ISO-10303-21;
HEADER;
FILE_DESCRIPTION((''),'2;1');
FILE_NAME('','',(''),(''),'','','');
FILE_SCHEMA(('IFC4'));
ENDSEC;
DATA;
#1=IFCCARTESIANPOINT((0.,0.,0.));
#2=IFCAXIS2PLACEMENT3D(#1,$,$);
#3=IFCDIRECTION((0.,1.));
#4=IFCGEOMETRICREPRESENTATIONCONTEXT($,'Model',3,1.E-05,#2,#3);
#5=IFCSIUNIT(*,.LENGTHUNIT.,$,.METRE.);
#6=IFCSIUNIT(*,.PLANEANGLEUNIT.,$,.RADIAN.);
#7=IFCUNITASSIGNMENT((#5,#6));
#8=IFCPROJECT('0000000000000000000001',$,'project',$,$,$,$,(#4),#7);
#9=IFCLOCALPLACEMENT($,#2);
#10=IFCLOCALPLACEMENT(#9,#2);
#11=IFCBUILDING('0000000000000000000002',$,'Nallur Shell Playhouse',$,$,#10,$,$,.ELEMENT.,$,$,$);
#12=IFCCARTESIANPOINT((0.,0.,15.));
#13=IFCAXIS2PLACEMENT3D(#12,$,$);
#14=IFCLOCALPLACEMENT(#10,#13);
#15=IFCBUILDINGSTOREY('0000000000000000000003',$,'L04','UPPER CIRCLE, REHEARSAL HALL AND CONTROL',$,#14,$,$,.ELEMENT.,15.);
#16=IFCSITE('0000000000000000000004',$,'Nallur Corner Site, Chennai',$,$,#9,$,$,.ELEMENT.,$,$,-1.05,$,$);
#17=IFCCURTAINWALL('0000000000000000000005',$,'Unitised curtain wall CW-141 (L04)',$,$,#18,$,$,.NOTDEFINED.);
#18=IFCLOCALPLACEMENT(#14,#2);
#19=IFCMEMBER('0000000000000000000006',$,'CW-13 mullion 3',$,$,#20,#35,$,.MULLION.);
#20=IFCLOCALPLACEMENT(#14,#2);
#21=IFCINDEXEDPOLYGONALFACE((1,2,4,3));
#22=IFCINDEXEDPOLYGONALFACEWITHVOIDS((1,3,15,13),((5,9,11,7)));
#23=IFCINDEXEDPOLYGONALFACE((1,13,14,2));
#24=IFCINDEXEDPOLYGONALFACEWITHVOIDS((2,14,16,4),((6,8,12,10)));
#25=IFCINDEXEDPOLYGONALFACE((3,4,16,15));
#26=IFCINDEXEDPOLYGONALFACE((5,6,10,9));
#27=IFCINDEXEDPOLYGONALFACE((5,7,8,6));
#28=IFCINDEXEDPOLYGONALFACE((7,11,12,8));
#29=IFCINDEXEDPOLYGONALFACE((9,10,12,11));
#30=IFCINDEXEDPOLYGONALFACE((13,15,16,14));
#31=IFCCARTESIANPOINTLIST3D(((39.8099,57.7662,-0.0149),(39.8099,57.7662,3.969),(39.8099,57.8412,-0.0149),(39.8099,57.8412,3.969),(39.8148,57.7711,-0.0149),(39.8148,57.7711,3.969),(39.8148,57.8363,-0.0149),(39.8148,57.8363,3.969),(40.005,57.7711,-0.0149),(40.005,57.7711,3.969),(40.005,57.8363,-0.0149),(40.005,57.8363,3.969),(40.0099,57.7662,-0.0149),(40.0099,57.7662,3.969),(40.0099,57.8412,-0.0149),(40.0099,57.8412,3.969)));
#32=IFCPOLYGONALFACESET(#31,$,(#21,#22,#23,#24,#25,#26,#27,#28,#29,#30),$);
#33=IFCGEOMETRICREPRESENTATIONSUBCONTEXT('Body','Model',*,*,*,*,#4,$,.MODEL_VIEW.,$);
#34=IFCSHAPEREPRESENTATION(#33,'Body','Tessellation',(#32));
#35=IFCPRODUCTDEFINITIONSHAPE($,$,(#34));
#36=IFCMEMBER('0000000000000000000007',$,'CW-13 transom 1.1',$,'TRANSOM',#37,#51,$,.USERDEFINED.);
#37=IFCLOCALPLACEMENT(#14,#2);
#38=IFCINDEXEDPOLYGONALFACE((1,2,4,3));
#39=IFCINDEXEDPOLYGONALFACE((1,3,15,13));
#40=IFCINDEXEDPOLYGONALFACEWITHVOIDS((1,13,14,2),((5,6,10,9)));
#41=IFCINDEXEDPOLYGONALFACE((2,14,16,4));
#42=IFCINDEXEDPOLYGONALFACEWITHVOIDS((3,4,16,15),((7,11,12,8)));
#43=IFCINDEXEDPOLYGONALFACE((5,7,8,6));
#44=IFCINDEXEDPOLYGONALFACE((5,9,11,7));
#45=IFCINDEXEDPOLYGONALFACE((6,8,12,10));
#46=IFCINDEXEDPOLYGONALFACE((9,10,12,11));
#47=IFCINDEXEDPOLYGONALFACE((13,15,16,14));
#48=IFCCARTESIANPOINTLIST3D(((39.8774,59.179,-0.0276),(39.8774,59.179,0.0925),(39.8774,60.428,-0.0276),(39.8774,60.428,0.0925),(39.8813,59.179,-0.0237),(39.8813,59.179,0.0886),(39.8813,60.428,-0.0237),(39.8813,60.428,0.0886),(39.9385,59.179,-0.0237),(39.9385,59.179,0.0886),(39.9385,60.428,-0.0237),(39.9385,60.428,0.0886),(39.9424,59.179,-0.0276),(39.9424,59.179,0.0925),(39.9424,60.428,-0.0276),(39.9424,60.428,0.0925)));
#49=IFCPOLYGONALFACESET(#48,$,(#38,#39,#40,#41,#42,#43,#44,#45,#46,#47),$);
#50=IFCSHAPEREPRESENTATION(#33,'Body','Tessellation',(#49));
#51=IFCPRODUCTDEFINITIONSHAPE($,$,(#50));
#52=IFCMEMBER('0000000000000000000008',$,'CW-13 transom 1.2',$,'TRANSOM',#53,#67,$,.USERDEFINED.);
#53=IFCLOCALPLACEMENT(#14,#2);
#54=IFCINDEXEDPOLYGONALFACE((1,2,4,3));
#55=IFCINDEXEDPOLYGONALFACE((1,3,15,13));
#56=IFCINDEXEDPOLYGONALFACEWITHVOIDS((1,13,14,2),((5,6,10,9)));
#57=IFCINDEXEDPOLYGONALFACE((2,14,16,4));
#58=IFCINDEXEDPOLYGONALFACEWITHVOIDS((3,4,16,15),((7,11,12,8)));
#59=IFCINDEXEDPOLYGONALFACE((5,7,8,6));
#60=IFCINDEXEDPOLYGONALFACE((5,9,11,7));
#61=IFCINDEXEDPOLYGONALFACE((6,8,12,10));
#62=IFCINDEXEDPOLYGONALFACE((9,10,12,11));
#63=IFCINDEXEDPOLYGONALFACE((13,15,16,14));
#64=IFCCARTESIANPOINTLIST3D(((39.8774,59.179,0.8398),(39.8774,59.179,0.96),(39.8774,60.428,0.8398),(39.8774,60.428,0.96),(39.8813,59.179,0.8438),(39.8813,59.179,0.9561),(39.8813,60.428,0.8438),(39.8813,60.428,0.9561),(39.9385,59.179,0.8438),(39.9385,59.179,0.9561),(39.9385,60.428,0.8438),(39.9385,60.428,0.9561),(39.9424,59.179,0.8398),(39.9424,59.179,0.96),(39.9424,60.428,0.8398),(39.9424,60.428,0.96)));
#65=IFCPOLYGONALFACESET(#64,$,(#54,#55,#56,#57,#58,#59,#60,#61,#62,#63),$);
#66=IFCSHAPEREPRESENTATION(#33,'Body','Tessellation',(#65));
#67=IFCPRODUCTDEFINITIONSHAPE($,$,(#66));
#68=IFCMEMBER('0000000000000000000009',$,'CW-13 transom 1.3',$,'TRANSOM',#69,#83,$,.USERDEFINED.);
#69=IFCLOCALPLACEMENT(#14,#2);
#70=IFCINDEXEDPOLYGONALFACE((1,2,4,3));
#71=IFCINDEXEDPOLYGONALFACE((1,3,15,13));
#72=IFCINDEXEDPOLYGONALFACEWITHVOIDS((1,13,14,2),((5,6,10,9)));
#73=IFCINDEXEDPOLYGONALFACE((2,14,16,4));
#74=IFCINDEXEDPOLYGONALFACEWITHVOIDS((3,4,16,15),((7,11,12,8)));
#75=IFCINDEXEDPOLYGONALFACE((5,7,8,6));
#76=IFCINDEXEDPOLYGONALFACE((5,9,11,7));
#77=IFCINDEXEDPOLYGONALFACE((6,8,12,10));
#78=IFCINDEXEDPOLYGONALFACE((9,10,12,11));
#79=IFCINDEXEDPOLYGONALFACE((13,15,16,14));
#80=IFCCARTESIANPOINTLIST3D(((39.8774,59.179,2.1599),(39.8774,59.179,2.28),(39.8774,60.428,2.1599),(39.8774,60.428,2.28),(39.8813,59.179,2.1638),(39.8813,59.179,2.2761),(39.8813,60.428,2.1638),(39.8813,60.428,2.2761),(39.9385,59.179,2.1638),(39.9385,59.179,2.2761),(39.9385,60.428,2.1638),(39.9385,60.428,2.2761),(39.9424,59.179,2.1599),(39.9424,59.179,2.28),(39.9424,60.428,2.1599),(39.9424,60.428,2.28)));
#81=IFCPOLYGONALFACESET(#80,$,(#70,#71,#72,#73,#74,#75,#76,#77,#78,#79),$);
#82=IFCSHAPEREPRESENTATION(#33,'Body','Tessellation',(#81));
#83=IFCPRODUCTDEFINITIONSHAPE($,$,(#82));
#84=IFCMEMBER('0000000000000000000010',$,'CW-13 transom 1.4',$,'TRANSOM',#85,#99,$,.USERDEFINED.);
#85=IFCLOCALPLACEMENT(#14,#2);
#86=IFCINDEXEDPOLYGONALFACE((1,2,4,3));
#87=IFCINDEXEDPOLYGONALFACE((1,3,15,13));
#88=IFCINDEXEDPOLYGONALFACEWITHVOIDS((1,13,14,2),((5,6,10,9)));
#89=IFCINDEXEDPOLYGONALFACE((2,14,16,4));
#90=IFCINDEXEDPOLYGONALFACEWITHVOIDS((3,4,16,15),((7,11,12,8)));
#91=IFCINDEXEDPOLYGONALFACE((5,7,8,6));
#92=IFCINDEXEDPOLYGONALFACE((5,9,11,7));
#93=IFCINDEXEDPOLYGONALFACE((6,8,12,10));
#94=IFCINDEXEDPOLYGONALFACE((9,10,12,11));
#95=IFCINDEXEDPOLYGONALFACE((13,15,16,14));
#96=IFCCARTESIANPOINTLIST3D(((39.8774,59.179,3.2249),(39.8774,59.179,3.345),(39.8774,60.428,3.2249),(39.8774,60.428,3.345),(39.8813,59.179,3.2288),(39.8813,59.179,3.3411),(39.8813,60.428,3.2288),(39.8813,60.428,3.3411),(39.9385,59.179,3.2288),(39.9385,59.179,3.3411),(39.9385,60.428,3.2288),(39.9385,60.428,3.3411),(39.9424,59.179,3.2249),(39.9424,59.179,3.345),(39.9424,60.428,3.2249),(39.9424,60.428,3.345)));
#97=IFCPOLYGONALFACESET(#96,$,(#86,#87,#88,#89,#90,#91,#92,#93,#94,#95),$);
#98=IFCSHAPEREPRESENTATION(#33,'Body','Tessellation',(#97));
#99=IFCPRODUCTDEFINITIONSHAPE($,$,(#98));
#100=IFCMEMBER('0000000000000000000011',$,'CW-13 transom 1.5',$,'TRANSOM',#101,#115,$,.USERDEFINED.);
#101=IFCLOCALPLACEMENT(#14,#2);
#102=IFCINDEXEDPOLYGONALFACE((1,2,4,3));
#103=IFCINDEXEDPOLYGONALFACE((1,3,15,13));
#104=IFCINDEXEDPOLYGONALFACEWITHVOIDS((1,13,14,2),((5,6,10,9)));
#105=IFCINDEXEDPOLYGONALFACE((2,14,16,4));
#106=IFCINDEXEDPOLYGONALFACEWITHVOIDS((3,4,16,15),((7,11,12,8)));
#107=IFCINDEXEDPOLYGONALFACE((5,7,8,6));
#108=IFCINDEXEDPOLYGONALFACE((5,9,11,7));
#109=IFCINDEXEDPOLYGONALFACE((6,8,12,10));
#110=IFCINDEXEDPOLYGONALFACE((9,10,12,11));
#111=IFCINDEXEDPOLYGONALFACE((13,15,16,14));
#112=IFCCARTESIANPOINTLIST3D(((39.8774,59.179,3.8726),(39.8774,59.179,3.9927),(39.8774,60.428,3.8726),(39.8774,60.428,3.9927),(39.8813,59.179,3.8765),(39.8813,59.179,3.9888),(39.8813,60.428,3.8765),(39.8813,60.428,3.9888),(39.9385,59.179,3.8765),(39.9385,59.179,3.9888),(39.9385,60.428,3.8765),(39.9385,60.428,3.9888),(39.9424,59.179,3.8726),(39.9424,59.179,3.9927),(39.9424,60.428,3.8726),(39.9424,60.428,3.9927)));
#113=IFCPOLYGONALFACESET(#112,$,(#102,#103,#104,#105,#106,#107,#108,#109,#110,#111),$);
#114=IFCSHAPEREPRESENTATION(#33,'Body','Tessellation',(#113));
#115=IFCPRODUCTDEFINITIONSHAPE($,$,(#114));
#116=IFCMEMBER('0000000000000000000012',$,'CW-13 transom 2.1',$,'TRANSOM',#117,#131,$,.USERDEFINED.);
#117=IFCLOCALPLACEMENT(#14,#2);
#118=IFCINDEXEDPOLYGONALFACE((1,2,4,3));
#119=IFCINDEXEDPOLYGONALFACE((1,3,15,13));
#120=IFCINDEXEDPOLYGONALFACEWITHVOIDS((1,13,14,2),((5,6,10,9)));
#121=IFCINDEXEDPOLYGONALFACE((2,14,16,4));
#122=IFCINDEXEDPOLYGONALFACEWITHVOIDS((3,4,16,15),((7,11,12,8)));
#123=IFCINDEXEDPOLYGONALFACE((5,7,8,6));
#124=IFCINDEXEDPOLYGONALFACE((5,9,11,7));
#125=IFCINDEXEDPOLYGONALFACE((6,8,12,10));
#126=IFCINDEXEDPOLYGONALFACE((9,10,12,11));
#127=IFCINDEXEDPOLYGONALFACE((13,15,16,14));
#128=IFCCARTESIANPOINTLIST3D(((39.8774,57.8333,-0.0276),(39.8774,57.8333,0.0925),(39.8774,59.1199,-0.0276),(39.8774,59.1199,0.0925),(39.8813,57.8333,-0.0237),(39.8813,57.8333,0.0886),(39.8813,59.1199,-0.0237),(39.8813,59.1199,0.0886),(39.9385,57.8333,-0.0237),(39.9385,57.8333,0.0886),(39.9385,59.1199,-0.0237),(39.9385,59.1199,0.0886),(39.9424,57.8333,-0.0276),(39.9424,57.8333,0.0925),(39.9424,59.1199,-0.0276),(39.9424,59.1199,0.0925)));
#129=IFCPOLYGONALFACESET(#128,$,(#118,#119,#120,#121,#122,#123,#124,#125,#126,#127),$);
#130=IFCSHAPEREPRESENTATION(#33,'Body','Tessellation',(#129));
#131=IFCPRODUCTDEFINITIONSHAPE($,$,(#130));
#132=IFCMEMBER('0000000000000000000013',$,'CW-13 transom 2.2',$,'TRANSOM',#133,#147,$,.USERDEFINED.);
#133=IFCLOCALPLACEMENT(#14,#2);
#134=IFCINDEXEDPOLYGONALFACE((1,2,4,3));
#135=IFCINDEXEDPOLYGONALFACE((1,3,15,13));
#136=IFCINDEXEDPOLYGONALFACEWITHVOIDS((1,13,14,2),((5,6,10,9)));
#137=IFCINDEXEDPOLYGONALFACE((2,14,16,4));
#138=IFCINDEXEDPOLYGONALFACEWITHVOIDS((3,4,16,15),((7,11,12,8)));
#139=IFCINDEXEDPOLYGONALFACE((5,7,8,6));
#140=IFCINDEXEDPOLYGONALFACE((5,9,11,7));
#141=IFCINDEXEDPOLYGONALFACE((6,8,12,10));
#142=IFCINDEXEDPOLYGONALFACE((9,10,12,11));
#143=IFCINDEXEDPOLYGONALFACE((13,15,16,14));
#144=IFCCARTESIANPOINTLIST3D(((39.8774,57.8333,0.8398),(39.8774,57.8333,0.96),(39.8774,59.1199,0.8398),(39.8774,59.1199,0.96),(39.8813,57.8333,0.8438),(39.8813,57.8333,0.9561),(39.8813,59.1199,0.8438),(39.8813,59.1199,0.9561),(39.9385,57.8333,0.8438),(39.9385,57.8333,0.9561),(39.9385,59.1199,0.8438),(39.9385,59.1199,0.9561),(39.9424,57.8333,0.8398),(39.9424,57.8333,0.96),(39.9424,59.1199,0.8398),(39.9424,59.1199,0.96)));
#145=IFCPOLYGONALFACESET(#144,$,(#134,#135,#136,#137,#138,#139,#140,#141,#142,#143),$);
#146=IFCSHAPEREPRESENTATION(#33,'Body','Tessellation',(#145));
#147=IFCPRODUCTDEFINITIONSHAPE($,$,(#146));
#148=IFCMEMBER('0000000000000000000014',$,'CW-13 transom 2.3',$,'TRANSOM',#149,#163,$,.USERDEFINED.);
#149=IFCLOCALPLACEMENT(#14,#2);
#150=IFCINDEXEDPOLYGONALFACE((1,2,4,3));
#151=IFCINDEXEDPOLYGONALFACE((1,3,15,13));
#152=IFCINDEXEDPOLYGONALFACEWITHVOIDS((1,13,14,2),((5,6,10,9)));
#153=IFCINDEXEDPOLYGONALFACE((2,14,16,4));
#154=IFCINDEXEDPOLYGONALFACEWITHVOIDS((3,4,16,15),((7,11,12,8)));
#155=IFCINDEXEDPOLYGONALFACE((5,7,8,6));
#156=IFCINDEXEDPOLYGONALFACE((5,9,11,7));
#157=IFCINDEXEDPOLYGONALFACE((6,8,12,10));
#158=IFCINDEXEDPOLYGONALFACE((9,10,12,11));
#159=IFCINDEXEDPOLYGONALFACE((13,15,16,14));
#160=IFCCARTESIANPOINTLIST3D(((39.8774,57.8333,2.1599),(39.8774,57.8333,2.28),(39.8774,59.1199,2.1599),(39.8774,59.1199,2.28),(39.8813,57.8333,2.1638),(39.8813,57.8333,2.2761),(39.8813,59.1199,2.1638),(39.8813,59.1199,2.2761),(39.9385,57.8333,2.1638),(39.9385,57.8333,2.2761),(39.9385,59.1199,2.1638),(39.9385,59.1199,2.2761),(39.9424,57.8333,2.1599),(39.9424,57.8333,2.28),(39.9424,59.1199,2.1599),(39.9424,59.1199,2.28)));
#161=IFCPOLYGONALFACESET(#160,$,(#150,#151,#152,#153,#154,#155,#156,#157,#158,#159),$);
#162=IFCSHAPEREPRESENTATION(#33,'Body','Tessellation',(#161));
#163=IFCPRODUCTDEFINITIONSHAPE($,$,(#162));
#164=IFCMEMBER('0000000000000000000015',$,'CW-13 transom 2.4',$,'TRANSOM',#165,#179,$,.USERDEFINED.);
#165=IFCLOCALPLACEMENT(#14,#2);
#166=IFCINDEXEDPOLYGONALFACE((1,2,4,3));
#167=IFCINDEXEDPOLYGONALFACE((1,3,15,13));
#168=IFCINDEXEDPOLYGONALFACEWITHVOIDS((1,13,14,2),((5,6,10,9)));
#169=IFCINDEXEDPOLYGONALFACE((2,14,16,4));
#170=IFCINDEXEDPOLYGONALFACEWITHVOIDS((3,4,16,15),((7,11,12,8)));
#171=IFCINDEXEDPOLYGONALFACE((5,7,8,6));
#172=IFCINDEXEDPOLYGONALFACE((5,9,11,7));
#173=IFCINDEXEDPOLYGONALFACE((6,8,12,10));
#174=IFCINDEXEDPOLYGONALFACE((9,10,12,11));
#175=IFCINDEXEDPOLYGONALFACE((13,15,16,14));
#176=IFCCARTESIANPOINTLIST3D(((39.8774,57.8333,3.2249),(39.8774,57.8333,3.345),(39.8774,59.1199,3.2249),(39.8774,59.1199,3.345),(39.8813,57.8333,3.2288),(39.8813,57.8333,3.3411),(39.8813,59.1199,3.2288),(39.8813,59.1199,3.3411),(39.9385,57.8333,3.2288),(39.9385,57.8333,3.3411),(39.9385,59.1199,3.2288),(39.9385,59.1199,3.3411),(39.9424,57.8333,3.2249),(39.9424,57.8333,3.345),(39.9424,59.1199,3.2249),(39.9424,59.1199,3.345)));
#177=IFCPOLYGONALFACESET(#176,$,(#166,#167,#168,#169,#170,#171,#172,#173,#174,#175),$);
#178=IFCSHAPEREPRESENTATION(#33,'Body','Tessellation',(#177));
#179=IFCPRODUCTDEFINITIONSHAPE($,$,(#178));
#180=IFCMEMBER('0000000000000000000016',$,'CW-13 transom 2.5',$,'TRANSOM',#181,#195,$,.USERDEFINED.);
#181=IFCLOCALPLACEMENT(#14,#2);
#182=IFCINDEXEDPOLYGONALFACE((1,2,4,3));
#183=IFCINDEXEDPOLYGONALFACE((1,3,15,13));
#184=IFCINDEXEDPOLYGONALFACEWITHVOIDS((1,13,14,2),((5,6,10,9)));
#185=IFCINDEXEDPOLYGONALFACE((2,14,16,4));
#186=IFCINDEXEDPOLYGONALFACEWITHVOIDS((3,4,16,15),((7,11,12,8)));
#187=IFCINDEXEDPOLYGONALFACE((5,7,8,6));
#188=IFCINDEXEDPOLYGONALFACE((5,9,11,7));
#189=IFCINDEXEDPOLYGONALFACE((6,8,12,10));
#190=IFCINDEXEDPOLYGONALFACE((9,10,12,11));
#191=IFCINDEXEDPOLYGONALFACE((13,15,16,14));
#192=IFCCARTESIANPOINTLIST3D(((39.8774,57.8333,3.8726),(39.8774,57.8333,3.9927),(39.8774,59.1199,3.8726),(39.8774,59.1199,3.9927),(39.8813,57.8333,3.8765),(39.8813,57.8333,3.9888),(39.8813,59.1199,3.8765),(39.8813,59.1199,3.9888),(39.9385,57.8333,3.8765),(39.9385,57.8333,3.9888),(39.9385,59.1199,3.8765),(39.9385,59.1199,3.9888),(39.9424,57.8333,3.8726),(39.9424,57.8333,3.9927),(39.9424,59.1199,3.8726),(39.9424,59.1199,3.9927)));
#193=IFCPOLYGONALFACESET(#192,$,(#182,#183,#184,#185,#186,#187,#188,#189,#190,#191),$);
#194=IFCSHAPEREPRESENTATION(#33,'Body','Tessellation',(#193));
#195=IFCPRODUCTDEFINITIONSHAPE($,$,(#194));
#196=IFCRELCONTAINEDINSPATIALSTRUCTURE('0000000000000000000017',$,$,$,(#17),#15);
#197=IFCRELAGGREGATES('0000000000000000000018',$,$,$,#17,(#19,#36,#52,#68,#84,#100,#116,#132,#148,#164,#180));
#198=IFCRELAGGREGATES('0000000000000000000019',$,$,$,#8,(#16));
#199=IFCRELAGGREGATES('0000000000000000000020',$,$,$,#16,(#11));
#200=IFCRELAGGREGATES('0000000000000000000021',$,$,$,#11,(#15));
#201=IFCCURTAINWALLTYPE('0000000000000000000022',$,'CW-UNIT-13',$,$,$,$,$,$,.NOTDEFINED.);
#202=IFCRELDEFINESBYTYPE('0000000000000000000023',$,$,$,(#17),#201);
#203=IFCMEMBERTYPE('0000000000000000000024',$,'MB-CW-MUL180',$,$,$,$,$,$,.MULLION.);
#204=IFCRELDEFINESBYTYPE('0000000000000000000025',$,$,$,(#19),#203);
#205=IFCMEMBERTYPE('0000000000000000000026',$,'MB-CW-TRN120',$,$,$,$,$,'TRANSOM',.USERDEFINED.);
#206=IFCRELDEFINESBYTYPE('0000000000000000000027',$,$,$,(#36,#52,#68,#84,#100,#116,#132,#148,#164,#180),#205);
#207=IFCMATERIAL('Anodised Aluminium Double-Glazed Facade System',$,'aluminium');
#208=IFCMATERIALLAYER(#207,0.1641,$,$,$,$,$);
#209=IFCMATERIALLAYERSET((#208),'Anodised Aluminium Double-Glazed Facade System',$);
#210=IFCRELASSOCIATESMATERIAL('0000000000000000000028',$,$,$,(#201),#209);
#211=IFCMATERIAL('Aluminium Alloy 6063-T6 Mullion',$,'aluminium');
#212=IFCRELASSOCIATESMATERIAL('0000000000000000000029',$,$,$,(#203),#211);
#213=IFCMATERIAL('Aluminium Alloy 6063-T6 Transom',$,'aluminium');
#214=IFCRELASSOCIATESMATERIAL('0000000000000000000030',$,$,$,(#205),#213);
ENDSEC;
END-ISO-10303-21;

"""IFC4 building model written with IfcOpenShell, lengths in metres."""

from ifc_helpers import new_model, si_unit, direction, frame, origin, origin_2d, place, context, subcontext, project, spatial, hollow_rectangle, extrude, material, layer, layer_set, material_profile, profile_set, type_object, element, aggregate, save


model = new_model("IFC4")

# Units and contexts
model_context = context("Model", 3, precision=1e-05, world=origin(), true_north=direction((0.0, 1.0)))
body_context = subcontext(model_context, "Body", "Model", "MODEL_VIEW")
ifc_project = project(units=[si_unit("LENGTHUNIT", "METRE"), si_unit("PLANEANGLEUNIT", "RADIAN")], contexts=[model_context])

# Site, building, storey
site_placement = place(None, origin())
site = spatial("IfcSite", under=ifc_project, at=site_placement, Name="Nallur Corner Site, Chennai", CompositionType="ELEMENT", RefElevation=-1.05)
building_placement = place(site_placement, origin())
building = spatial("IfcBuilding", under=site, at=building_placement, Name="Nallur Shell Playhouse", CompositionType="ELEMENT")
storey_placement = place(building_placement, frame((0.0, 0.0, 15.0)))
storey = spatial("IfcBuildingStorey", under=building, at=storey_placement, Name="L04", Description="UPPER CIRCLE, REHEARSAL HALL AND CONTROL", CompositionType="ELEMENT", Elevation=15.0)

# Curtain wall, members
ifc_material_1 = material(Name="Anodised Aluminium Double-Glazed Facade System", Category="aluminium")
ifc_material_2 = material(Name="Aluminium Alloy 6063-T6 Mullion", Category="aluminium")
ifc_layer_1 = layer(ifc_material_1, 0.1641)
ifc_layer_set_1 = layer_set([ifc_layer_1], Name="Anodised Aluminium Double-Glazed Facade System")
curtain_wall_type_1 = type_object("IfcCurtainWallType", Name="CW-UNIT-13", PredefinedType="NOTDEFINED", material=ifc_layer_set_1)
curtain_wall_1_placement = place(storey_placement, origin())
curtain_wall_1 = element("IfcCurtainWall", 1, at=curtain_wall_1_placement, inside=storey, type_object=curtain_wall_type_1, Name="Unitised curtain wall CW-141 (L04)", PredefinedType="NOTDEFINED")
ifc_material_profile_1 = material_profile(ifc_material_2, hollow_rectangle(XDim=0.075, YDim=0.2, WallThickness=0.0049, at=origin_2d()), Name="ALU 75x200x5")
ifc_profile_set_1 = profile_set([ifc_material_profile_1], Name="Aluminium Alloy 6063-T6 Mullion")
member_type_1 = type_object("IfcMemberType", Name="MB-CW-MUL180", PredefinedType="MULLION", material=ifc_profile_set_1)
member_1_placement = place(storey_placement, frame((39.9099, 57.8037, -0.0149), z_axis=(0.0, 0.0, 1.0), x_axis=(0.0, -1.0, 0.0)))
member_1 = element("IfcMember", 2, at=member_1_placement, type_object=member_type_1, Name="CW-13 mullion 3", PredefinedType="MULLION", context=body_context, shape_type="SweptSolid", body=[
    extrude(hollow_rectangle(XDim=0.075, YDim=0.2, WallThickness=0.0049, at=origin_2d()), origin(), (0.0, 0.0, 1.0), 3.9839),
])
ifc_material_3 = material(Name="Aluminium Alloy 6063-T6 Transom", Category="aluminium")
ifc_material_profile_2 = material_profile(ifc_material_3, hollow_rectangle(XDim=0.0649, YDim=0.1201, WallThickness=0.0039, at=origin_2d()), Name="ALU 65x120x4")
ifc_profile_set_2 = profile_set([ifc_material_profile_2], Name="Aluminium Alloy 6063-T6 Transom")
member_type_2 = type_object("IfcMemberType", Name="MB-CW-TRN120", ElementType="TRANSOM", PredefinedType="USERDEFINED", material=ifc_profile_set_2)
member_2_placement = place(storey_placement, frame((39.9099, 60.428, 0.0325), z_axis=(0.0, -1.0, 0.0), x_axis=(1.0, 0.0, 0.0)))
member_2 = element("IfcMember", 3, at=member_2_placement, type_object=member_type_2, Name="CW-13 transom 1.1", ObjectType="TRANSOM", PredefinedType="USERDEFINED", context=body_context, shape_type="SweptSolid", body=[
    extrude(hollow_rectangle(XDim=0.0649, YDim=0.1201, WallThickness=0.0039, at=origin_2d()), origin(), (0.0, 0.0, 1.0), 1.249),
])
member_3_placement = place(storey_placement, frame((39.9099, 60.428, 0.8999), z_axis=(0.0, -1.0, 0.0), x_axis=(1.0, 0.0, 0.0)))
member_3 = element("IfcMember", 4, at=member_3_placement, type_object=member_type_2, Name="CW-13 transom 1.2", ObjectType="TRANSOM", PredefinedType="USERDEFINED", context=body_context, shape_type="SweptSolid", body=[
    extrude(hollow_rectangle(XDim=0.0649, YDim=0.1201, WallThickness=0.0039, at=origin_2d()), origin(), (0.0, 0.0, 1.0), 1.249),
])
member_4_placement = place(storey_placement, frame((39.9099, 60.428, 2.22), z_axis=(0.0, -1.0, 0.0), x_axis=(1.0, 0.0, 0.0)))
member_4 = element("IfcMember", 5, at=member_4_placement, type_object=member_type_2, Name="CW-13 transom 1.3", ObjectType="TRANSOM", PredefinedType="USERDEFINED", context=body_context, shape_type="SweptSolid", body=[
    extrude(hollow_rectangle(XDim=0.0649, YDim=0.1201, WallThickness=0.0039, at=origin_2d()), origin(), (0.0, 0.0, 1.0), 1.249),
])
member_5_placement = place(storey_placement, frame((39.9099, 60.428, 3.2849), z_axis=(0.0, -1.0, 0.0), x_axis=(1.0, 0.0, 0.0)))
member_5 = element("IfcMember", 6, at=member_5_placement, type_object=member_type_2, Name="CW-13 transom 1.4", ObjectType="TRANSOM", PredefinedType="USERDEFINED", context=body_context, shape_type="SweptSolid", body=[
    extrude(hollow_rectangle(XDim=0.0649, YDim=0.1201, WallThickness=0.0039, at=origin_2d()), origin(), (0.0, 0.0, 1.0), 1.249),
])
member_6_placement = place(storey_placement, frame((39.9099, 60.428, 3.9326), z_axis=(0.0, -1.0, 0.0), x_axis=(1.0, 0.0, 0.0)))
member_6 = element("IfcMember", 7, at=member_6_placement, type_object=member_type_2, Name="CW-13 transom 1.5", ObjectType="TRANSOM", PredefinedType="USERDEFINED", context=body_context, shape_type="SweptSolid", body=[
    extrude(hollow_rectangle(XDim=0.0649, YDim=0.1201, WallThickness=0.0039, at=origin_2d()), origin(), (0.0, 0.0, 1.0), 1.249),
])
member_7_placement = place(storey_placement, frame((39.9099, 59.1199, 0.0325), z_axis=(0.0, -1.0, 0.0), x_axis=(1.0, 0.0, 0.0)))
member_7 = element("IfcMember", 8, at=member_7_placement, type_object=member_type_2, Name="CW-13 transom 2.1", ObjectType="TRANSOM", PredefinedType="USERDEFINED", context=body_context, shape_type="SweptSolid", body=[
    extrude(hollow_rectangle(XDim=0.0649, YDim=0.1201, WallThickness=0.0039, at=origin_2d()), origin(), (0.0, 0.0, 1.0), 1.2866),
])
member_8_placement = place(storey_placement, frame((39.9099, 59.1199, 0.8999), z_axis=(0.0, -1.0, 0.0), x_axis=(1.0, 0.0, 0.0)))
member_8 = element("IfcMember", 9, at=member_8_placement, type_object=member_type_2, Name="CW-13 transom 2.2", ObjectType="TRANSOM", PredefinedType="USERDEFINED", context=body_context, shape_type="SweptSolid", body=[
    extrude(hollow_rectangle(XDim=0.0649, YDim=0.1201, WallThickness=0.0039, at=origin_2d()), origin(), (0.0, 0.0, 1.0), 1.2866),
])
member_9_placement = place(storey_placement, frame((39.9099, 59.1199, 2.22), z_axis=(0.0, -1.0, 0.0), x_axis=(1.0, 0.0, 0.0)))
member_9 = element("IfcMember", 10, at=member_9_placement, type_object=member_type_2, Name="CW-13 transom 2.3", ObjectType="TRANSOM", PredefinedType="USERDEFINED", context=body_context, shape_type="SweptSolid", body=[
    extrude(hollow_rectangle(XDim=0.0649, YDim=0.1201, WallThickness=0.0039, at=origin_2d()), origin(), (0.0, 0.0, 1.0), 1.2866),
])
member_10_placement = place(storey_placement, frame((39.9099, 59.1199, 3.2849), z_axis=(0.0, -1.0, 0.0), x_axis=(1.0, 0.0, 0.0)))
member_10 = element("IfcMember", 11, at=member_10_placement, type_object=member_type_2, Name="CW-13 transom 2.4", ObjectType="TRANSOM", PredefinedType="USERDEFINED", context=body_context, shape_type="SweptSolid", body=[
    extrude(hollow_rectangle(XDim=0.0649, YDim=0.1201, WallThickness=0.0039, at=origin_2d()), origin(), (0.0, 0.0, 1.0), 1.2866),
])
member_11_placement = place(storey_placement, frame((39.9099, 59.1199, 3.9326), z_axis=(0.0, -1.0, 0.0), x_axis=(1.0, 0.0, 0.0)))
member_11 = element("IfcMember", 12, at=member_11_placement, type_object=member_type_2, Name="CW-13 transom 2.5", ObjectType="TRANSOM", PredefinedType="USERDEFINED", context=body_context, shape_type="SweptSolid", body=[
    extrude(hollow_rectangle(XDim=0.0649, YDim=0.1201, WallThickness=0.0039, at=origin_2d()), origin(), (0.0, 0.0, 1.0), 1.2866),
])

aggregate(curtain_wall_1, [member_1, member_2, member_3, member_4, member_5, member_6, member_7, member_8, member_9, member_10, member_11])

save(model, "model.ifc")
